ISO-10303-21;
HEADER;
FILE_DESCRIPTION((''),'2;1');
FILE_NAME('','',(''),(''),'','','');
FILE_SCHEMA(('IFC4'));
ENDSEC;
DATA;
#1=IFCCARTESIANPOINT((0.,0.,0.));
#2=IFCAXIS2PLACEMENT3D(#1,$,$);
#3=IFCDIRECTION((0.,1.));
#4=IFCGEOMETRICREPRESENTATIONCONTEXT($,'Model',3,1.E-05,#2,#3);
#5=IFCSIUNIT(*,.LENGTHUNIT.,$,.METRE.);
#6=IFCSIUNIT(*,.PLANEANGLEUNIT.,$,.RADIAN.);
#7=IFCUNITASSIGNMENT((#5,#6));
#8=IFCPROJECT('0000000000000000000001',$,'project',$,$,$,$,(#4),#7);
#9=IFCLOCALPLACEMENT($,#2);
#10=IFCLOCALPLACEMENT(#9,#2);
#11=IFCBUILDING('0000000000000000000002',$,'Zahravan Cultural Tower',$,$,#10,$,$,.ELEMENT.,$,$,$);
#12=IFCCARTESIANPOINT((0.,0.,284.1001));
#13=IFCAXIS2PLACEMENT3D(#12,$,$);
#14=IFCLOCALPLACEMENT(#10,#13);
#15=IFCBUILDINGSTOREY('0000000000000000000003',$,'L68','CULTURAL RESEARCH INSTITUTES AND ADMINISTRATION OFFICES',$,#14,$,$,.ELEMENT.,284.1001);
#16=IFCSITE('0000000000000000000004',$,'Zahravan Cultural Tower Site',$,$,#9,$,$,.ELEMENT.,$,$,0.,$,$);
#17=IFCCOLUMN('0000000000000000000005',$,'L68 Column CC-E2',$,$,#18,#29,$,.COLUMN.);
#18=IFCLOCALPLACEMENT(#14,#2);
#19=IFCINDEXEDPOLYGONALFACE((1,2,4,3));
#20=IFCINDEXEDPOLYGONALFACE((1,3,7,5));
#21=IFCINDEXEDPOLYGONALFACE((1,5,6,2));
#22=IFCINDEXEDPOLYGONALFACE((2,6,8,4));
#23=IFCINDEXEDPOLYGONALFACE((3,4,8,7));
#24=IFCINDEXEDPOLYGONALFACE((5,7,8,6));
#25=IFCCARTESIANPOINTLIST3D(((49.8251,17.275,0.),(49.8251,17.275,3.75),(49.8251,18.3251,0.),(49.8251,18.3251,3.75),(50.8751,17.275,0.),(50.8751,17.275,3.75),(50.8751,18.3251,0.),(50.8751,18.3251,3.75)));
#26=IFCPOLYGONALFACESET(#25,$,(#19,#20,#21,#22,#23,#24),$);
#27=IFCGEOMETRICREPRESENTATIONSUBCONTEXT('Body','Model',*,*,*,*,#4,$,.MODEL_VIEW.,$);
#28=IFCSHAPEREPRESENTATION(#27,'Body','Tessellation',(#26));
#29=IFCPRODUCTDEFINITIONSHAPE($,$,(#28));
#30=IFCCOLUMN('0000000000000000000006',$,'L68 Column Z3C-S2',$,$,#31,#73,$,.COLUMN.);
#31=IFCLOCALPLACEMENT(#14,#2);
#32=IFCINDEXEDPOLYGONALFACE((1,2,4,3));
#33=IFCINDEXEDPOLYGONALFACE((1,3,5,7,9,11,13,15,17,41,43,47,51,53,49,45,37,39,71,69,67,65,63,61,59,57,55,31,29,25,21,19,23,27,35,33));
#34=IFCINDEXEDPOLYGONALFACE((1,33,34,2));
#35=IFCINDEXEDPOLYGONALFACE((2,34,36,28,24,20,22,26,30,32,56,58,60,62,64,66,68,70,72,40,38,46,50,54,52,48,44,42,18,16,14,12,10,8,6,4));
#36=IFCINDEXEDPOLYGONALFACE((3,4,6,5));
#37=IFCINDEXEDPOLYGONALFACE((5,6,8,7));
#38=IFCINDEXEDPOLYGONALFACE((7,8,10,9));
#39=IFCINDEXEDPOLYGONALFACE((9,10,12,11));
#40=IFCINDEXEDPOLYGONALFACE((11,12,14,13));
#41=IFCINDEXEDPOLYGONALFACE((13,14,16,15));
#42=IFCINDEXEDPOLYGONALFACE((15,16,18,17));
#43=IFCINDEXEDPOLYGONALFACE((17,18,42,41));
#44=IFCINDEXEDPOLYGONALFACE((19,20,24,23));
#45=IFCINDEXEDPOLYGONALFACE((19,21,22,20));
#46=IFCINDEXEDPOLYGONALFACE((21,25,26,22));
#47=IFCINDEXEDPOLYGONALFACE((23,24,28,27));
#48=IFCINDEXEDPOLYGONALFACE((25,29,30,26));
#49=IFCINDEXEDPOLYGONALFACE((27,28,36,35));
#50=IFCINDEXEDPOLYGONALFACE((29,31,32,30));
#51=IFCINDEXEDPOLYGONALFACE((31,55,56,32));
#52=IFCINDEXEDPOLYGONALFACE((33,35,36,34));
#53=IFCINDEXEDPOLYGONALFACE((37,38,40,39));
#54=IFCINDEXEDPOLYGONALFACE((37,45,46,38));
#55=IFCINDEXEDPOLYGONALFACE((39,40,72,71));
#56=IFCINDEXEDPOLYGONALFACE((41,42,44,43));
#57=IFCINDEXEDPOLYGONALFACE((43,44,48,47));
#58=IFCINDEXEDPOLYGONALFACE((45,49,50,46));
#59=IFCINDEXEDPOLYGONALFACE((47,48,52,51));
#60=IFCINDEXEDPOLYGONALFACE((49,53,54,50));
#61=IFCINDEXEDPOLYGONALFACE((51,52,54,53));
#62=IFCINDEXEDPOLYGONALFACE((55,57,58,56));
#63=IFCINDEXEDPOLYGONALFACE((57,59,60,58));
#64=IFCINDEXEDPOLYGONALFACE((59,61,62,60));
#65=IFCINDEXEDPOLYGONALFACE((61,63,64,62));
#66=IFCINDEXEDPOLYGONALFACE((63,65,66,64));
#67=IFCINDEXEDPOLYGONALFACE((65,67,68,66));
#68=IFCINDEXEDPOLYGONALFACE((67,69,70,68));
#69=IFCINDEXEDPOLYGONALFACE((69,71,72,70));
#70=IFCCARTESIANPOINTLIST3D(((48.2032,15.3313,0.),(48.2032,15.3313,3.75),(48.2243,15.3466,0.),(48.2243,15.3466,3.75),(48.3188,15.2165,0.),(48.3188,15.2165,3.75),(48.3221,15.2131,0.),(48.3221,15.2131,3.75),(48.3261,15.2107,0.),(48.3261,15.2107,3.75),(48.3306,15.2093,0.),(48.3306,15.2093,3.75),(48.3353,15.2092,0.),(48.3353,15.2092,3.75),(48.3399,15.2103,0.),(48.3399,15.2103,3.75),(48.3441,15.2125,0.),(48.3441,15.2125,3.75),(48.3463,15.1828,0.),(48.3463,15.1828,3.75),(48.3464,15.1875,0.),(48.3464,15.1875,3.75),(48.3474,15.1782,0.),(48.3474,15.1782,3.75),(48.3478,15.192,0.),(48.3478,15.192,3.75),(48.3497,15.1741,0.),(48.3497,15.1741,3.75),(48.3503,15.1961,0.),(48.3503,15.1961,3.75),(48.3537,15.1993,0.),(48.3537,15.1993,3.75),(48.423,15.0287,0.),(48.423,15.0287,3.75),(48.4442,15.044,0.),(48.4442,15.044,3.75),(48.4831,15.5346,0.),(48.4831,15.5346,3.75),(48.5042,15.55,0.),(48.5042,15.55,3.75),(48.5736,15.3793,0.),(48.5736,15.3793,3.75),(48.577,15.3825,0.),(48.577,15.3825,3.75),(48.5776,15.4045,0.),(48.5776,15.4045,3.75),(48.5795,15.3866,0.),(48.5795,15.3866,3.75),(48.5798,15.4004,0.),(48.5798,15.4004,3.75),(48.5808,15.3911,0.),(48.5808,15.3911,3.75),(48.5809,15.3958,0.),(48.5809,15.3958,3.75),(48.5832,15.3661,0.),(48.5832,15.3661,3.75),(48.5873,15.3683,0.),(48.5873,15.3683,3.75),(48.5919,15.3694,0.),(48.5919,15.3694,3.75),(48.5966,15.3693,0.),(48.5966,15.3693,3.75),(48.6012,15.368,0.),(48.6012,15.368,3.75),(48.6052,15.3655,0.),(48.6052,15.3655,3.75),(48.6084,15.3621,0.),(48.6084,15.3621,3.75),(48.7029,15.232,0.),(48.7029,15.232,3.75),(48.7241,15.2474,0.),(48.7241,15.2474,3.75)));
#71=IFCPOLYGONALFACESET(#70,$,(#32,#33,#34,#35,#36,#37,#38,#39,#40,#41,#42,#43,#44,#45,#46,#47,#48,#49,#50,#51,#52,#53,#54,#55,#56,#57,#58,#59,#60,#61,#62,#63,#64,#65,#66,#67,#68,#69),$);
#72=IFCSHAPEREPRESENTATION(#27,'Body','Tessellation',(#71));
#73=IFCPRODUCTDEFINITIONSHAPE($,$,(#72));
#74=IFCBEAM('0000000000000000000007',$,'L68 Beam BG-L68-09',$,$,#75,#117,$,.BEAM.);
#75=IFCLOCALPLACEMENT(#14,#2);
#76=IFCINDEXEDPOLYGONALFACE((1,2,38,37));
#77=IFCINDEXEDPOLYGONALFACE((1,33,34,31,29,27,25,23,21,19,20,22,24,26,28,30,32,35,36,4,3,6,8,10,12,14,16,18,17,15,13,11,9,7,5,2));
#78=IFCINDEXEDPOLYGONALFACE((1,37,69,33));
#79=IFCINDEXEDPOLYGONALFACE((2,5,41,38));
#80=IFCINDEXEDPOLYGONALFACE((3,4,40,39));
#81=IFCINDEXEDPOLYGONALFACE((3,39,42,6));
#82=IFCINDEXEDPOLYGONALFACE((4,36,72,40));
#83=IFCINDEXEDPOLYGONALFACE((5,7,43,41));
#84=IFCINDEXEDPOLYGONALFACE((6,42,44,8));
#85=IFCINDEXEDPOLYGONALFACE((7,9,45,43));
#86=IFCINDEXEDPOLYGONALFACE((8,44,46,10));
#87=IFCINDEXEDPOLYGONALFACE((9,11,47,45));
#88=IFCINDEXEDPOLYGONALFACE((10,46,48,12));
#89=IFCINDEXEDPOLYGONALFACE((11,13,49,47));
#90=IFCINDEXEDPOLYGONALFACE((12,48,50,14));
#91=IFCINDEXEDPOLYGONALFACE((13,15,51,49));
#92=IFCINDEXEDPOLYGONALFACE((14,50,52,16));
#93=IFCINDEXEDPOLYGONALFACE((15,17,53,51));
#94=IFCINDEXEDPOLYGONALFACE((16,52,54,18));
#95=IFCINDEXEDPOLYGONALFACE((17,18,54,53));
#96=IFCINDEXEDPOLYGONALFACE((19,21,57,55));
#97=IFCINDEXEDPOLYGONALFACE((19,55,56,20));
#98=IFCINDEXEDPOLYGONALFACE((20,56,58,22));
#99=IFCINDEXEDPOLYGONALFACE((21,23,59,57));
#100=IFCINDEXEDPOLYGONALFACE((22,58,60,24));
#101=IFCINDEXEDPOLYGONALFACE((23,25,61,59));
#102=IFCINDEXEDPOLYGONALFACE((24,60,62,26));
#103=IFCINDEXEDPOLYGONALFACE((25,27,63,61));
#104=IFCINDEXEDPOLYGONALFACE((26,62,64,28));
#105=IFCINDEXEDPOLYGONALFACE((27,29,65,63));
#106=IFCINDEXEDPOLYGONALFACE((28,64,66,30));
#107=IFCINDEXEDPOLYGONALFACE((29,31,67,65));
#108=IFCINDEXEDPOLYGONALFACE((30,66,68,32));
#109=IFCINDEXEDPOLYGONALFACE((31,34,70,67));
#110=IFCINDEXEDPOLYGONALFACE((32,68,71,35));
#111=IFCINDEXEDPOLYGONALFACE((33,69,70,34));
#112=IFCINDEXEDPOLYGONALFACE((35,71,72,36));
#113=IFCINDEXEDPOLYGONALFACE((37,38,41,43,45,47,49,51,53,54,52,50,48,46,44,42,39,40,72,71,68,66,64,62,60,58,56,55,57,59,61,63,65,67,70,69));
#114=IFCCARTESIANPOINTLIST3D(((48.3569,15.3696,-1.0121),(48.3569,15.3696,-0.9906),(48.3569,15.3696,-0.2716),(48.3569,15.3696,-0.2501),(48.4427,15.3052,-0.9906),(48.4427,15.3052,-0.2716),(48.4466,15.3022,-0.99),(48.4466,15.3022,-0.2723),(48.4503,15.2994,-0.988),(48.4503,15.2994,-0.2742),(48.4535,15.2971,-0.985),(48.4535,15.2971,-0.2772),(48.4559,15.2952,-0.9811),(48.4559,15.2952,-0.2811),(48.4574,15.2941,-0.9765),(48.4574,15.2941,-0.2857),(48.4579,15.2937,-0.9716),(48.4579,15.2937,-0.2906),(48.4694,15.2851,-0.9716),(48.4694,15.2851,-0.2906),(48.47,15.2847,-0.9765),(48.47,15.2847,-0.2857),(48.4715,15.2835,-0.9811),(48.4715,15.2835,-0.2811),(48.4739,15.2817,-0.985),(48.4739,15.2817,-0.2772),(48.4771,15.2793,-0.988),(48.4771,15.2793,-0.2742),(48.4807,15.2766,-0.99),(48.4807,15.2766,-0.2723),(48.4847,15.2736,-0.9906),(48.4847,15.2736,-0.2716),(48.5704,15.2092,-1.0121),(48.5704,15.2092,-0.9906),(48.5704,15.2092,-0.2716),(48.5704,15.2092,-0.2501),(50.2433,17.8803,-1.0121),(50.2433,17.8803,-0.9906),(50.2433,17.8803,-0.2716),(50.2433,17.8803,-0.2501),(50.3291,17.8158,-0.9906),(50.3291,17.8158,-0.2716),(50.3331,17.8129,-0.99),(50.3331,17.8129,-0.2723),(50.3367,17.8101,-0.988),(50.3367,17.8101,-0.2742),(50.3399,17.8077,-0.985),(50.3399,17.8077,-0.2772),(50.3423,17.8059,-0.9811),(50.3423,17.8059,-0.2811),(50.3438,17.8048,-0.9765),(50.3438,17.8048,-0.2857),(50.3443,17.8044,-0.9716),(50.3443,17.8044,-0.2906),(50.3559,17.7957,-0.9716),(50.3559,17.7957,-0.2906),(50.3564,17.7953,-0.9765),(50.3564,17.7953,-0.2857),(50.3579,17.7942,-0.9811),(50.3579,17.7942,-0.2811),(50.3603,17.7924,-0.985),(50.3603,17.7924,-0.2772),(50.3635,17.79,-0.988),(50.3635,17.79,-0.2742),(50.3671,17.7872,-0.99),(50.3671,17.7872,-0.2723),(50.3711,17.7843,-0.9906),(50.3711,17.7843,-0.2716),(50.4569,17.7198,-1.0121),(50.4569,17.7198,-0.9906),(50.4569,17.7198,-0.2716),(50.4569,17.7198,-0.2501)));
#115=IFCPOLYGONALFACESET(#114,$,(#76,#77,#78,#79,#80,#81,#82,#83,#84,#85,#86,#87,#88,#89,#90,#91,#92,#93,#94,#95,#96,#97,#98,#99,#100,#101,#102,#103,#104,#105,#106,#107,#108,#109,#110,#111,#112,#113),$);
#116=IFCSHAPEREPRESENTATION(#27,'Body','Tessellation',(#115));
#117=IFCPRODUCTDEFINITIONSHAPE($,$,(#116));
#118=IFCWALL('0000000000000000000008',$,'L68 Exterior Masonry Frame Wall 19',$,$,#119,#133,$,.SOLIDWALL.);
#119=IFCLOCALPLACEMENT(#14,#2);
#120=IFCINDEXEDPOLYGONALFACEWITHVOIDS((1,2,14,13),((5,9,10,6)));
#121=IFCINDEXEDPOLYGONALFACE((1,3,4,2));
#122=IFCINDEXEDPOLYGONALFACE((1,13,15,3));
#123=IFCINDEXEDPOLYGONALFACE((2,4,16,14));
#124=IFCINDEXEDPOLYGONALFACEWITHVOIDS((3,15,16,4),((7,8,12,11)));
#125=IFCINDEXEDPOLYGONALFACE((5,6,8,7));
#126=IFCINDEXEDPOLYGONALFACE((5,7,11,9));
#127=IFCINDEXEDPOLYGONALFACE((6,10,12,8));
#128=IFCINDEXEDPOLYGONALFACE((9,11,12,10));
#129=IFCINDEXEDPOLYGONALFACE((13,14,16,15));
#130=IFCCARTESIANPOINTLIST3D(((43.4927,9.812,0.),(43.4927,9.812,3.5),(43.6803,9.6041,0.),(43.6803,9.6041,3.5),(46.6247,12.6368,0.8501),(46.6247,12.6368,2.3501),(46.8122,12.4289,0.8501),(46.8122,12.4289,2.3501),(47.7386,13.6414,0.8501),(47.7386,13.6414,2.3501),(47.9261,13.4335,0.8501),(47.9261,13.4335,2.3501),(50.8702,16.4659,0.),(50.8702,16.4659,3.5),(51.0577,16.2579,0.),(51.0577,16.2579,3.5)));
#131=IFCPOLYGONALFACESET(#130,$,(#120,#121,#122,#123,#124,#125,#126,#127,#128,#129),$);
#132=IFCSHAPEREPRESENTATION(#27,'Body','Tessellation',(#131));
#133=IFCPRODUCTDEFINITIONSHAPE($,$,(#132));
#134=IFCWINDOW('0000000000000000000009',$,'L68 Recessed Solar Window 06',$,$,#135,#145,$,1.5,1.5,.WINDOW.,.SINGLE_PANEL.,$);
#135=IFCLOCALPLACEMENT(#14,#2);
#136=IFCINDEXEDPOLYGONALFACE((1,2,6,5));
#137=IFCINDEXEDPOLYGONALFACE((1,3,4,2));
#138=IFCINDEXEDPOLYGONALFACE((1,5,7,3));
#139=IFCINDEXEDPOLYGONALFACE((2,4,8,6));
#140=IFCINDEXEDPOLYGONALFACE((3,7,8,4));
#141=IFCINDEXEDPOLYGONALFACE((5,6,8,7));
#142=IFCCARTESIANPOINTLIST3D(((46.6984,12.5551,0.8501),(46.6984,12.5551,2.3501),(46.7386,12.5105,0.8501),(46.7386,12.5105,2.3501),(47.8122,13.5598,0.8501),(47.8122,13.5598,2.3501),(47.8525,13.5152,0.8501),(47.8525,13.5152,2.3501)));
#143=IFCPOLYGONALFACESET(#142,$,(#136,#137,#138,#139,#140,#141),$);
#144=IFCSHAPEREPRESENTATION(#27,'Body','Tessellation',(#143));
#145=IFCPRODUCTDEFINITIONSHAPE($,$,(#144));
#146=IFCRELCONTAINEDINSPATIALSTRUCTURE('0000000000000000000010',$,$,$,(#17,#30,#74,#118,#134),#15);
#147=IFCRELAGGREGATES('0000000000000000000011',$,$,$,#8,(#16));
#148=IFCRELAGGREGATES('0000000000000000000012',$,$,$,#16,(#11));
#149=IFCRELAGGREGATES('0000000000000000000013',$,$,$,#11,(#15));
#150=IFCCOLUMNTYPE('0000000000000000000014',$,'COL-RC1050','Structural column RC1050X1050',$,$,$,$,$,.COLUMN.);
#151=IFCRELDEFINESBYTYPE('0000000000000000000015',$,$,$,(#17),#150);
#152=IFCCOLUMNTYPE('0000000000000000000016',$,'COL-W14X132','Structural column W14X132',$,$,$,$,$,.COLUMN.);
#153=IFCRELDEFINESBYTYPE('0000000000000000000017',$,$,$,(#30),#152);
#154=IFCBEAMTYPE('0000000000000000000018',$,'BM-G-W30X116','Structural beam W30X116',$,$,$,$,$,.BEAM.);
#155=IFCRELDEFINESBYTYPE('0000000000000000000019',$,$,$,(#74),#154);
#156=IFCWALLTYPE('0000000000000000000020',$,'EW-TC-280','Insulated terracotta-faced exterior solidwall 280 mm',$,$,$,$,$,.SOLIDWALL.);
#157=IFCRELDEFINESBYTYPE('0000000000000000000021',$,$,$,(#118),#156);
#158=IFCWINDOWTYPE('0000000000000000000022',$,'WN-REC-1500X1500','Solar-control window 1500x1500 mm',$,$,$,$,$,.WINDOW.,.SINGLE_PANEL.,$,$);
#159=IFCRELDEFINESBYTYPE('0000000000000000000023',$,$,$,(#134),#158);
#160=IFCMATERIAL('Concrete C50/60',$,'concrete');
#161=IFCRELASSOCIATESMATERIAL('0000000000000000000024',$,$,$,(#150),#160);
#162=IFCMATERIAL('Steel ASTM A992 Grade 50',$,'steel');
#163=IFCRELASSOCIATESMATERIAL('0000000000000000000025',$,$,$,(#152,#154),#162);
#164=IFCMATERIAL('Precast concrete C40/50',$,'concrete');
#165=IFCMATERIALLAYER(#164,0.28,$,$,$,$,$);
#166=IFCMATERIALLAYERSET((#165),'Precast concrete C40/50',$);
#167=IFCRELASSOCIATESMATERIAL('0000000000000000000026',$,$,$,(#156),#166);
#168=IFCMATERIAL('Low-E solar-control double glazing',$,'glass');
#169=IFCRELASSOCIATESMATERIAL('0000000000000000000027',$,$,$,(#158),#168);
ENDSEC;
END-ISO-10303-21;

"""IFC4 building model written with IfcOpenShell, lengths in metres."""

from ifc_helpers import new_model, si_unit, direction, frame, frame_2d, origin, origin_2d, place, context, subcontext, project, spatial, rectangle, i_section, extrude, source, transform, mapped, material, layer, layer_set, material_profile, profile_set, type_object, element, fill, save


model = new_model("IFC4")

# Units and contexts
model_context = context("Model", 3, precision=1e-05, world=origin(), true_north=direction((0.0, 1.0)))
body_context = subcontext(model_context, "Body", "Model", "MODEL_VIEW")
ifc_project = project(units=[si_unit("LENGTHUNIT", "METRE"), si_unit("PLANEANGLEUNIT", "RADIAN")], contexts=[model_context])

# Site, building, storey
site_placement = place(None, origin())
site = spatial("IfcSite", under=ifc_project, at=site_placement, Name="Zahravan Cultural Tower Site", CompositionType="ELEMENT", RefElevation=0.0)
building_placement = place(site_placement, origin())
building = spatial("IfcBuilding", under=site, at=building_placement, Name="Zahravan Cultural Tower", CompositionType="ELEMENT")
storey_placement = place(building_placement, frame((0.0, 0.0, 284.1001)))
storey = spatial("IfcBuildingStorey", under=building, at=storey_placement, Name="L68", Description="CULTURAL RESEARCH INSTITUTES AND ADMINISTRATION OFFICES", CompositionType="ELEMENT", Elevation=284.1001)

# Columns
ifc_material_1 = material(Name="Concrete C50/60", Category="concrete")
ifc_material_profile_1 = material_profile(ifc_material_1, rectangle(XDim=1.05, YDim=1.05, at=origin_2d()), Name="RC1050X1050")
ifc_profile_set_1 = profile_set([ifc_material_profile_1], Name="Concrete C50/60")
column_type_1 = type_object("IfcColumnType", Name="COL-RC1050", Description="Structural column RC1050X1050", PredefinedType="COLUMN", material=ifc_profile_set_1)
shared_shape_1 = source(origin(), body_context, "Body", "SweptSolid", [
    extrude(rectangle(XDim=1.05, YDim=1.05, at=origin_2d()), origin(), (0.0, 0.0, 1.0), 3.75),
])
column_1_placement = place(storey_placement, frame((50.3501, 17.8, 0.0), z_axis=(0.0, 0.0, 1.0), x_axis=(1.0, 0.0, 0.0)))
element("IfcColumn", 1, at=column_1_placement, inside=storey, type_object=column_type_1, Name="L68 Column CC-E2", PredefinedType="COLUMN", context=body_context, shape_type="MappedRepresentation", body=[
    mapped(shared_shape_1, transform((0.0, 0.0, 0.0), x_axis=(1.0, 0.0, 0.0), y_axis=(0.0, 1.0, 0.0), z_axis=(0.0, 0.0, 1.0), scale=1.0)),
])
ifc_material_2 = material(Name="Steel ASTM A992 Grade 50", Category="steel")
ifc_material_profile_2 = material_profile(ifc_material_2, i_section(OverallWidth=0.374, OverallDepth=0.3721, WebThickness=0.0164, FlangeThickness=0.0261, FilletRadius=0.0181, at=origin_2d()), Name="W14X132")
ifc_profile_set_2 = profile_set([ifc_material_profile_2], Name="Steel ASTM A992 Grade 50")
column_type_2 = type_object("IfcColumnType", Name="COL-W14X132", Description="Structural column W14X132", PredefinedType="COLUMN", material=ifc_profile_set_2)
shared_shape_2 = source(origin(), body_context, "Body", "SweptSolid", [
    extrude(i_section(OverallWidth=0.374, OverallDepth=0.3721, WebThickness=0.0164, FlangeThickness=0.0261, FilletRadius=0.0181, at=origin_2d()), origin(), (0.0, 0.0, 1.0), 3.75),
])
column_2_placement = place(storey_placement, frame((48.4636, 15.2893, 0.0), z_axis=(0.0, 0.0, 1.0), x_axis=(-0.587785, 0.809017, 0.0)))
element("IfcColumn", 2, at=column_2_placement, inside=storey, type_object=column_type_2, Name="L68 Column Z3C-S2", PredefinedType="COLUMN", context=body_context, shape_type="MappedRepresentation", body=[
    mapped(shared_shape_2, transform((0.0, 0.0, 0.0), x_axis=(1.0, 0.0, 0.0), y_axis=(0.0, 1.0, 0.0), z_axis=(0.0, 0.0, 1.0), scale=1.0)),
])

# Beam
ifc_material_profile_3 = material_profile(ifc_material_2, i_section(OverallWidth=0.2671, OverallDepth=0.762, WebThickness=0.0144, FlangeThickness=0.0215, FilletRadius=0.019, at=origin_2d()), Name="W30X116")
ifc_profile_set_3 = profile_set([ifc_material_profile_3], Name="Steel ASTM A992 Grade 50")
beam_type = type_object("IfcBeamType", Name="BM-G-W30X116", Description="Structural beam W30X116", PredefinedType="BEAM", material=ifc_profile_set_3)
shared_shape_3 = source(origin(), body_context, "Body", "SweptSolid", [
    extrude(i_section(OverallWidth=0.2671, OverallDepth=0.762, WebThickness=0.0144, FlangeThickness=0.0215, FilletRadius=0.019, at=origin_2d()), origin(), (0.0, 0.0, 1.0), 3.1404),
])
beam_placement = place(storey_placement, frame((50.3501, 17.8, -0.6311), z_axis=(-0.600696, -0.799477, 0.0), x_axis=(0.799477, -0.600696, 0.0)))
element("IfcBeam", 3, at=beam_placement, inside=storey, type_object=beam_type, Name="L68 Beam BG-L68-09", PredefinedType="BEAM", context=body_context, shape_type="MappedRepresentation", body=[
    mapped(shared_shape_3, transform((0.0, 0.0, 0.0), x_axis=(1.0, 0.0, 0.0), y_axis=(0.0, 1.0, 0.0), z_axis=(0.0, 0.0, 1.0), scale=1.0)),
])

# Wall, opening, window
ifc_material_3 = material(Name="Precast concrete C40/50", Category="concrete")
ifc_layer_1 = layer(ifc_material_3, 0.28)
ifc_layer_set_1 = layer_set([ifc_layer_1], Name="Precast concrete C40/50")
wall_type_1 = type_object("IfcWallType", Name="EW-TC-280", Description="Insulated terracotta-faced exterior solidwall 280 mm", PredefinedType="SOLIDWALL", material=ifc_layer_set_1)
wall_1_placement = place(storey_placement, frame((50.9639, 16.3618, 0.0), z_axis=(0.0, 0.0, 1.0), x_axis=(-0.742587, -0.669749, 0.0)))
wall_1 = element("IfcWall", 4, at=wall_1_placement, inside=storey, type_object=wall_type_1, Name="L68 Exterior Masonry Frame Wall 19", PredefinedType="SOLIDWALL", context=body_context, shape_type="SweptSolid", body=[
    extrude(rectangle(XDim=9.9348, YDim=0.28, at=frame_2d((4.9673, 0.0))), origin(), (0.0, 0.0, 1.0), 3.5),
])
opening_1_placement = place(wall_1_placement, frame((4.217, 0.0, 0.8501)))
opening_1 = element("IfcOpeningElement", 5, at=opening_1_placement, cuts=wall_1, PredefinedType="OPENING", context=body_context, shape_type="SweptSolid", body=[
    extrude(rectangle(XDim=1.5, YDim=1.5, at=frame_2d((0.75, 0.75))), frame((0.0, 0.1499, 0.0), z_axis=(0.0, -1.0, 0.0), x_axis=(1.0, 0.0, 0.0)), (0.0, 0.0, 1.0), 0.3),
])
ifc_material_4 = material(Name="Low-E solar-control double glazing", Category="glass")
window_type = type_object("IfcWindowType", Name="WN-REC-1500X1500", Description="Solar-control window 1500x1500 mm", PartitioningType="SINGLE_PANEL", PredefinedType="WINDOW", material=ifc_material_4)
shared_shape_4 = source(origin(), body_context, "Body", "SweptSolid", [
    extrude(rectangle(XDim=1.5, YDim=1.5, at=frame_2d((0.75, 0.75))), frame((0.0, 0.03, 0.0), z_axis=(0.0, -1.0, 0.0), x_axis=(1.0, 0.0, 0.0)), (0.0, 0.0, 1.0), 0.0601),
])
window_placement = place(opening_1_placement, origin())
window = element("IfcWindow", 6, at=window_placement, inside=storey, type_object=window_type, Name="L68 Recessed Solar Window 06", OverallHeight=1.5, OverallWidth=1.5, PartitioningType="SINGLE_PANEL", PredefinedType="WINDOW", context=body_context, shape_type="MappedRepresentation", body=[
    mapped(shared_shape_4, transform((0.0, 0.0, 0.0), x_axis=(1.0, 0.0, 0.0), y_axis=(0.0, 1.0, 0.0), z_axis=(0.0, 0.0, 1.0), scale=1.0)),
])
fill(opening_1, window)

save(model, "model.ifc")
